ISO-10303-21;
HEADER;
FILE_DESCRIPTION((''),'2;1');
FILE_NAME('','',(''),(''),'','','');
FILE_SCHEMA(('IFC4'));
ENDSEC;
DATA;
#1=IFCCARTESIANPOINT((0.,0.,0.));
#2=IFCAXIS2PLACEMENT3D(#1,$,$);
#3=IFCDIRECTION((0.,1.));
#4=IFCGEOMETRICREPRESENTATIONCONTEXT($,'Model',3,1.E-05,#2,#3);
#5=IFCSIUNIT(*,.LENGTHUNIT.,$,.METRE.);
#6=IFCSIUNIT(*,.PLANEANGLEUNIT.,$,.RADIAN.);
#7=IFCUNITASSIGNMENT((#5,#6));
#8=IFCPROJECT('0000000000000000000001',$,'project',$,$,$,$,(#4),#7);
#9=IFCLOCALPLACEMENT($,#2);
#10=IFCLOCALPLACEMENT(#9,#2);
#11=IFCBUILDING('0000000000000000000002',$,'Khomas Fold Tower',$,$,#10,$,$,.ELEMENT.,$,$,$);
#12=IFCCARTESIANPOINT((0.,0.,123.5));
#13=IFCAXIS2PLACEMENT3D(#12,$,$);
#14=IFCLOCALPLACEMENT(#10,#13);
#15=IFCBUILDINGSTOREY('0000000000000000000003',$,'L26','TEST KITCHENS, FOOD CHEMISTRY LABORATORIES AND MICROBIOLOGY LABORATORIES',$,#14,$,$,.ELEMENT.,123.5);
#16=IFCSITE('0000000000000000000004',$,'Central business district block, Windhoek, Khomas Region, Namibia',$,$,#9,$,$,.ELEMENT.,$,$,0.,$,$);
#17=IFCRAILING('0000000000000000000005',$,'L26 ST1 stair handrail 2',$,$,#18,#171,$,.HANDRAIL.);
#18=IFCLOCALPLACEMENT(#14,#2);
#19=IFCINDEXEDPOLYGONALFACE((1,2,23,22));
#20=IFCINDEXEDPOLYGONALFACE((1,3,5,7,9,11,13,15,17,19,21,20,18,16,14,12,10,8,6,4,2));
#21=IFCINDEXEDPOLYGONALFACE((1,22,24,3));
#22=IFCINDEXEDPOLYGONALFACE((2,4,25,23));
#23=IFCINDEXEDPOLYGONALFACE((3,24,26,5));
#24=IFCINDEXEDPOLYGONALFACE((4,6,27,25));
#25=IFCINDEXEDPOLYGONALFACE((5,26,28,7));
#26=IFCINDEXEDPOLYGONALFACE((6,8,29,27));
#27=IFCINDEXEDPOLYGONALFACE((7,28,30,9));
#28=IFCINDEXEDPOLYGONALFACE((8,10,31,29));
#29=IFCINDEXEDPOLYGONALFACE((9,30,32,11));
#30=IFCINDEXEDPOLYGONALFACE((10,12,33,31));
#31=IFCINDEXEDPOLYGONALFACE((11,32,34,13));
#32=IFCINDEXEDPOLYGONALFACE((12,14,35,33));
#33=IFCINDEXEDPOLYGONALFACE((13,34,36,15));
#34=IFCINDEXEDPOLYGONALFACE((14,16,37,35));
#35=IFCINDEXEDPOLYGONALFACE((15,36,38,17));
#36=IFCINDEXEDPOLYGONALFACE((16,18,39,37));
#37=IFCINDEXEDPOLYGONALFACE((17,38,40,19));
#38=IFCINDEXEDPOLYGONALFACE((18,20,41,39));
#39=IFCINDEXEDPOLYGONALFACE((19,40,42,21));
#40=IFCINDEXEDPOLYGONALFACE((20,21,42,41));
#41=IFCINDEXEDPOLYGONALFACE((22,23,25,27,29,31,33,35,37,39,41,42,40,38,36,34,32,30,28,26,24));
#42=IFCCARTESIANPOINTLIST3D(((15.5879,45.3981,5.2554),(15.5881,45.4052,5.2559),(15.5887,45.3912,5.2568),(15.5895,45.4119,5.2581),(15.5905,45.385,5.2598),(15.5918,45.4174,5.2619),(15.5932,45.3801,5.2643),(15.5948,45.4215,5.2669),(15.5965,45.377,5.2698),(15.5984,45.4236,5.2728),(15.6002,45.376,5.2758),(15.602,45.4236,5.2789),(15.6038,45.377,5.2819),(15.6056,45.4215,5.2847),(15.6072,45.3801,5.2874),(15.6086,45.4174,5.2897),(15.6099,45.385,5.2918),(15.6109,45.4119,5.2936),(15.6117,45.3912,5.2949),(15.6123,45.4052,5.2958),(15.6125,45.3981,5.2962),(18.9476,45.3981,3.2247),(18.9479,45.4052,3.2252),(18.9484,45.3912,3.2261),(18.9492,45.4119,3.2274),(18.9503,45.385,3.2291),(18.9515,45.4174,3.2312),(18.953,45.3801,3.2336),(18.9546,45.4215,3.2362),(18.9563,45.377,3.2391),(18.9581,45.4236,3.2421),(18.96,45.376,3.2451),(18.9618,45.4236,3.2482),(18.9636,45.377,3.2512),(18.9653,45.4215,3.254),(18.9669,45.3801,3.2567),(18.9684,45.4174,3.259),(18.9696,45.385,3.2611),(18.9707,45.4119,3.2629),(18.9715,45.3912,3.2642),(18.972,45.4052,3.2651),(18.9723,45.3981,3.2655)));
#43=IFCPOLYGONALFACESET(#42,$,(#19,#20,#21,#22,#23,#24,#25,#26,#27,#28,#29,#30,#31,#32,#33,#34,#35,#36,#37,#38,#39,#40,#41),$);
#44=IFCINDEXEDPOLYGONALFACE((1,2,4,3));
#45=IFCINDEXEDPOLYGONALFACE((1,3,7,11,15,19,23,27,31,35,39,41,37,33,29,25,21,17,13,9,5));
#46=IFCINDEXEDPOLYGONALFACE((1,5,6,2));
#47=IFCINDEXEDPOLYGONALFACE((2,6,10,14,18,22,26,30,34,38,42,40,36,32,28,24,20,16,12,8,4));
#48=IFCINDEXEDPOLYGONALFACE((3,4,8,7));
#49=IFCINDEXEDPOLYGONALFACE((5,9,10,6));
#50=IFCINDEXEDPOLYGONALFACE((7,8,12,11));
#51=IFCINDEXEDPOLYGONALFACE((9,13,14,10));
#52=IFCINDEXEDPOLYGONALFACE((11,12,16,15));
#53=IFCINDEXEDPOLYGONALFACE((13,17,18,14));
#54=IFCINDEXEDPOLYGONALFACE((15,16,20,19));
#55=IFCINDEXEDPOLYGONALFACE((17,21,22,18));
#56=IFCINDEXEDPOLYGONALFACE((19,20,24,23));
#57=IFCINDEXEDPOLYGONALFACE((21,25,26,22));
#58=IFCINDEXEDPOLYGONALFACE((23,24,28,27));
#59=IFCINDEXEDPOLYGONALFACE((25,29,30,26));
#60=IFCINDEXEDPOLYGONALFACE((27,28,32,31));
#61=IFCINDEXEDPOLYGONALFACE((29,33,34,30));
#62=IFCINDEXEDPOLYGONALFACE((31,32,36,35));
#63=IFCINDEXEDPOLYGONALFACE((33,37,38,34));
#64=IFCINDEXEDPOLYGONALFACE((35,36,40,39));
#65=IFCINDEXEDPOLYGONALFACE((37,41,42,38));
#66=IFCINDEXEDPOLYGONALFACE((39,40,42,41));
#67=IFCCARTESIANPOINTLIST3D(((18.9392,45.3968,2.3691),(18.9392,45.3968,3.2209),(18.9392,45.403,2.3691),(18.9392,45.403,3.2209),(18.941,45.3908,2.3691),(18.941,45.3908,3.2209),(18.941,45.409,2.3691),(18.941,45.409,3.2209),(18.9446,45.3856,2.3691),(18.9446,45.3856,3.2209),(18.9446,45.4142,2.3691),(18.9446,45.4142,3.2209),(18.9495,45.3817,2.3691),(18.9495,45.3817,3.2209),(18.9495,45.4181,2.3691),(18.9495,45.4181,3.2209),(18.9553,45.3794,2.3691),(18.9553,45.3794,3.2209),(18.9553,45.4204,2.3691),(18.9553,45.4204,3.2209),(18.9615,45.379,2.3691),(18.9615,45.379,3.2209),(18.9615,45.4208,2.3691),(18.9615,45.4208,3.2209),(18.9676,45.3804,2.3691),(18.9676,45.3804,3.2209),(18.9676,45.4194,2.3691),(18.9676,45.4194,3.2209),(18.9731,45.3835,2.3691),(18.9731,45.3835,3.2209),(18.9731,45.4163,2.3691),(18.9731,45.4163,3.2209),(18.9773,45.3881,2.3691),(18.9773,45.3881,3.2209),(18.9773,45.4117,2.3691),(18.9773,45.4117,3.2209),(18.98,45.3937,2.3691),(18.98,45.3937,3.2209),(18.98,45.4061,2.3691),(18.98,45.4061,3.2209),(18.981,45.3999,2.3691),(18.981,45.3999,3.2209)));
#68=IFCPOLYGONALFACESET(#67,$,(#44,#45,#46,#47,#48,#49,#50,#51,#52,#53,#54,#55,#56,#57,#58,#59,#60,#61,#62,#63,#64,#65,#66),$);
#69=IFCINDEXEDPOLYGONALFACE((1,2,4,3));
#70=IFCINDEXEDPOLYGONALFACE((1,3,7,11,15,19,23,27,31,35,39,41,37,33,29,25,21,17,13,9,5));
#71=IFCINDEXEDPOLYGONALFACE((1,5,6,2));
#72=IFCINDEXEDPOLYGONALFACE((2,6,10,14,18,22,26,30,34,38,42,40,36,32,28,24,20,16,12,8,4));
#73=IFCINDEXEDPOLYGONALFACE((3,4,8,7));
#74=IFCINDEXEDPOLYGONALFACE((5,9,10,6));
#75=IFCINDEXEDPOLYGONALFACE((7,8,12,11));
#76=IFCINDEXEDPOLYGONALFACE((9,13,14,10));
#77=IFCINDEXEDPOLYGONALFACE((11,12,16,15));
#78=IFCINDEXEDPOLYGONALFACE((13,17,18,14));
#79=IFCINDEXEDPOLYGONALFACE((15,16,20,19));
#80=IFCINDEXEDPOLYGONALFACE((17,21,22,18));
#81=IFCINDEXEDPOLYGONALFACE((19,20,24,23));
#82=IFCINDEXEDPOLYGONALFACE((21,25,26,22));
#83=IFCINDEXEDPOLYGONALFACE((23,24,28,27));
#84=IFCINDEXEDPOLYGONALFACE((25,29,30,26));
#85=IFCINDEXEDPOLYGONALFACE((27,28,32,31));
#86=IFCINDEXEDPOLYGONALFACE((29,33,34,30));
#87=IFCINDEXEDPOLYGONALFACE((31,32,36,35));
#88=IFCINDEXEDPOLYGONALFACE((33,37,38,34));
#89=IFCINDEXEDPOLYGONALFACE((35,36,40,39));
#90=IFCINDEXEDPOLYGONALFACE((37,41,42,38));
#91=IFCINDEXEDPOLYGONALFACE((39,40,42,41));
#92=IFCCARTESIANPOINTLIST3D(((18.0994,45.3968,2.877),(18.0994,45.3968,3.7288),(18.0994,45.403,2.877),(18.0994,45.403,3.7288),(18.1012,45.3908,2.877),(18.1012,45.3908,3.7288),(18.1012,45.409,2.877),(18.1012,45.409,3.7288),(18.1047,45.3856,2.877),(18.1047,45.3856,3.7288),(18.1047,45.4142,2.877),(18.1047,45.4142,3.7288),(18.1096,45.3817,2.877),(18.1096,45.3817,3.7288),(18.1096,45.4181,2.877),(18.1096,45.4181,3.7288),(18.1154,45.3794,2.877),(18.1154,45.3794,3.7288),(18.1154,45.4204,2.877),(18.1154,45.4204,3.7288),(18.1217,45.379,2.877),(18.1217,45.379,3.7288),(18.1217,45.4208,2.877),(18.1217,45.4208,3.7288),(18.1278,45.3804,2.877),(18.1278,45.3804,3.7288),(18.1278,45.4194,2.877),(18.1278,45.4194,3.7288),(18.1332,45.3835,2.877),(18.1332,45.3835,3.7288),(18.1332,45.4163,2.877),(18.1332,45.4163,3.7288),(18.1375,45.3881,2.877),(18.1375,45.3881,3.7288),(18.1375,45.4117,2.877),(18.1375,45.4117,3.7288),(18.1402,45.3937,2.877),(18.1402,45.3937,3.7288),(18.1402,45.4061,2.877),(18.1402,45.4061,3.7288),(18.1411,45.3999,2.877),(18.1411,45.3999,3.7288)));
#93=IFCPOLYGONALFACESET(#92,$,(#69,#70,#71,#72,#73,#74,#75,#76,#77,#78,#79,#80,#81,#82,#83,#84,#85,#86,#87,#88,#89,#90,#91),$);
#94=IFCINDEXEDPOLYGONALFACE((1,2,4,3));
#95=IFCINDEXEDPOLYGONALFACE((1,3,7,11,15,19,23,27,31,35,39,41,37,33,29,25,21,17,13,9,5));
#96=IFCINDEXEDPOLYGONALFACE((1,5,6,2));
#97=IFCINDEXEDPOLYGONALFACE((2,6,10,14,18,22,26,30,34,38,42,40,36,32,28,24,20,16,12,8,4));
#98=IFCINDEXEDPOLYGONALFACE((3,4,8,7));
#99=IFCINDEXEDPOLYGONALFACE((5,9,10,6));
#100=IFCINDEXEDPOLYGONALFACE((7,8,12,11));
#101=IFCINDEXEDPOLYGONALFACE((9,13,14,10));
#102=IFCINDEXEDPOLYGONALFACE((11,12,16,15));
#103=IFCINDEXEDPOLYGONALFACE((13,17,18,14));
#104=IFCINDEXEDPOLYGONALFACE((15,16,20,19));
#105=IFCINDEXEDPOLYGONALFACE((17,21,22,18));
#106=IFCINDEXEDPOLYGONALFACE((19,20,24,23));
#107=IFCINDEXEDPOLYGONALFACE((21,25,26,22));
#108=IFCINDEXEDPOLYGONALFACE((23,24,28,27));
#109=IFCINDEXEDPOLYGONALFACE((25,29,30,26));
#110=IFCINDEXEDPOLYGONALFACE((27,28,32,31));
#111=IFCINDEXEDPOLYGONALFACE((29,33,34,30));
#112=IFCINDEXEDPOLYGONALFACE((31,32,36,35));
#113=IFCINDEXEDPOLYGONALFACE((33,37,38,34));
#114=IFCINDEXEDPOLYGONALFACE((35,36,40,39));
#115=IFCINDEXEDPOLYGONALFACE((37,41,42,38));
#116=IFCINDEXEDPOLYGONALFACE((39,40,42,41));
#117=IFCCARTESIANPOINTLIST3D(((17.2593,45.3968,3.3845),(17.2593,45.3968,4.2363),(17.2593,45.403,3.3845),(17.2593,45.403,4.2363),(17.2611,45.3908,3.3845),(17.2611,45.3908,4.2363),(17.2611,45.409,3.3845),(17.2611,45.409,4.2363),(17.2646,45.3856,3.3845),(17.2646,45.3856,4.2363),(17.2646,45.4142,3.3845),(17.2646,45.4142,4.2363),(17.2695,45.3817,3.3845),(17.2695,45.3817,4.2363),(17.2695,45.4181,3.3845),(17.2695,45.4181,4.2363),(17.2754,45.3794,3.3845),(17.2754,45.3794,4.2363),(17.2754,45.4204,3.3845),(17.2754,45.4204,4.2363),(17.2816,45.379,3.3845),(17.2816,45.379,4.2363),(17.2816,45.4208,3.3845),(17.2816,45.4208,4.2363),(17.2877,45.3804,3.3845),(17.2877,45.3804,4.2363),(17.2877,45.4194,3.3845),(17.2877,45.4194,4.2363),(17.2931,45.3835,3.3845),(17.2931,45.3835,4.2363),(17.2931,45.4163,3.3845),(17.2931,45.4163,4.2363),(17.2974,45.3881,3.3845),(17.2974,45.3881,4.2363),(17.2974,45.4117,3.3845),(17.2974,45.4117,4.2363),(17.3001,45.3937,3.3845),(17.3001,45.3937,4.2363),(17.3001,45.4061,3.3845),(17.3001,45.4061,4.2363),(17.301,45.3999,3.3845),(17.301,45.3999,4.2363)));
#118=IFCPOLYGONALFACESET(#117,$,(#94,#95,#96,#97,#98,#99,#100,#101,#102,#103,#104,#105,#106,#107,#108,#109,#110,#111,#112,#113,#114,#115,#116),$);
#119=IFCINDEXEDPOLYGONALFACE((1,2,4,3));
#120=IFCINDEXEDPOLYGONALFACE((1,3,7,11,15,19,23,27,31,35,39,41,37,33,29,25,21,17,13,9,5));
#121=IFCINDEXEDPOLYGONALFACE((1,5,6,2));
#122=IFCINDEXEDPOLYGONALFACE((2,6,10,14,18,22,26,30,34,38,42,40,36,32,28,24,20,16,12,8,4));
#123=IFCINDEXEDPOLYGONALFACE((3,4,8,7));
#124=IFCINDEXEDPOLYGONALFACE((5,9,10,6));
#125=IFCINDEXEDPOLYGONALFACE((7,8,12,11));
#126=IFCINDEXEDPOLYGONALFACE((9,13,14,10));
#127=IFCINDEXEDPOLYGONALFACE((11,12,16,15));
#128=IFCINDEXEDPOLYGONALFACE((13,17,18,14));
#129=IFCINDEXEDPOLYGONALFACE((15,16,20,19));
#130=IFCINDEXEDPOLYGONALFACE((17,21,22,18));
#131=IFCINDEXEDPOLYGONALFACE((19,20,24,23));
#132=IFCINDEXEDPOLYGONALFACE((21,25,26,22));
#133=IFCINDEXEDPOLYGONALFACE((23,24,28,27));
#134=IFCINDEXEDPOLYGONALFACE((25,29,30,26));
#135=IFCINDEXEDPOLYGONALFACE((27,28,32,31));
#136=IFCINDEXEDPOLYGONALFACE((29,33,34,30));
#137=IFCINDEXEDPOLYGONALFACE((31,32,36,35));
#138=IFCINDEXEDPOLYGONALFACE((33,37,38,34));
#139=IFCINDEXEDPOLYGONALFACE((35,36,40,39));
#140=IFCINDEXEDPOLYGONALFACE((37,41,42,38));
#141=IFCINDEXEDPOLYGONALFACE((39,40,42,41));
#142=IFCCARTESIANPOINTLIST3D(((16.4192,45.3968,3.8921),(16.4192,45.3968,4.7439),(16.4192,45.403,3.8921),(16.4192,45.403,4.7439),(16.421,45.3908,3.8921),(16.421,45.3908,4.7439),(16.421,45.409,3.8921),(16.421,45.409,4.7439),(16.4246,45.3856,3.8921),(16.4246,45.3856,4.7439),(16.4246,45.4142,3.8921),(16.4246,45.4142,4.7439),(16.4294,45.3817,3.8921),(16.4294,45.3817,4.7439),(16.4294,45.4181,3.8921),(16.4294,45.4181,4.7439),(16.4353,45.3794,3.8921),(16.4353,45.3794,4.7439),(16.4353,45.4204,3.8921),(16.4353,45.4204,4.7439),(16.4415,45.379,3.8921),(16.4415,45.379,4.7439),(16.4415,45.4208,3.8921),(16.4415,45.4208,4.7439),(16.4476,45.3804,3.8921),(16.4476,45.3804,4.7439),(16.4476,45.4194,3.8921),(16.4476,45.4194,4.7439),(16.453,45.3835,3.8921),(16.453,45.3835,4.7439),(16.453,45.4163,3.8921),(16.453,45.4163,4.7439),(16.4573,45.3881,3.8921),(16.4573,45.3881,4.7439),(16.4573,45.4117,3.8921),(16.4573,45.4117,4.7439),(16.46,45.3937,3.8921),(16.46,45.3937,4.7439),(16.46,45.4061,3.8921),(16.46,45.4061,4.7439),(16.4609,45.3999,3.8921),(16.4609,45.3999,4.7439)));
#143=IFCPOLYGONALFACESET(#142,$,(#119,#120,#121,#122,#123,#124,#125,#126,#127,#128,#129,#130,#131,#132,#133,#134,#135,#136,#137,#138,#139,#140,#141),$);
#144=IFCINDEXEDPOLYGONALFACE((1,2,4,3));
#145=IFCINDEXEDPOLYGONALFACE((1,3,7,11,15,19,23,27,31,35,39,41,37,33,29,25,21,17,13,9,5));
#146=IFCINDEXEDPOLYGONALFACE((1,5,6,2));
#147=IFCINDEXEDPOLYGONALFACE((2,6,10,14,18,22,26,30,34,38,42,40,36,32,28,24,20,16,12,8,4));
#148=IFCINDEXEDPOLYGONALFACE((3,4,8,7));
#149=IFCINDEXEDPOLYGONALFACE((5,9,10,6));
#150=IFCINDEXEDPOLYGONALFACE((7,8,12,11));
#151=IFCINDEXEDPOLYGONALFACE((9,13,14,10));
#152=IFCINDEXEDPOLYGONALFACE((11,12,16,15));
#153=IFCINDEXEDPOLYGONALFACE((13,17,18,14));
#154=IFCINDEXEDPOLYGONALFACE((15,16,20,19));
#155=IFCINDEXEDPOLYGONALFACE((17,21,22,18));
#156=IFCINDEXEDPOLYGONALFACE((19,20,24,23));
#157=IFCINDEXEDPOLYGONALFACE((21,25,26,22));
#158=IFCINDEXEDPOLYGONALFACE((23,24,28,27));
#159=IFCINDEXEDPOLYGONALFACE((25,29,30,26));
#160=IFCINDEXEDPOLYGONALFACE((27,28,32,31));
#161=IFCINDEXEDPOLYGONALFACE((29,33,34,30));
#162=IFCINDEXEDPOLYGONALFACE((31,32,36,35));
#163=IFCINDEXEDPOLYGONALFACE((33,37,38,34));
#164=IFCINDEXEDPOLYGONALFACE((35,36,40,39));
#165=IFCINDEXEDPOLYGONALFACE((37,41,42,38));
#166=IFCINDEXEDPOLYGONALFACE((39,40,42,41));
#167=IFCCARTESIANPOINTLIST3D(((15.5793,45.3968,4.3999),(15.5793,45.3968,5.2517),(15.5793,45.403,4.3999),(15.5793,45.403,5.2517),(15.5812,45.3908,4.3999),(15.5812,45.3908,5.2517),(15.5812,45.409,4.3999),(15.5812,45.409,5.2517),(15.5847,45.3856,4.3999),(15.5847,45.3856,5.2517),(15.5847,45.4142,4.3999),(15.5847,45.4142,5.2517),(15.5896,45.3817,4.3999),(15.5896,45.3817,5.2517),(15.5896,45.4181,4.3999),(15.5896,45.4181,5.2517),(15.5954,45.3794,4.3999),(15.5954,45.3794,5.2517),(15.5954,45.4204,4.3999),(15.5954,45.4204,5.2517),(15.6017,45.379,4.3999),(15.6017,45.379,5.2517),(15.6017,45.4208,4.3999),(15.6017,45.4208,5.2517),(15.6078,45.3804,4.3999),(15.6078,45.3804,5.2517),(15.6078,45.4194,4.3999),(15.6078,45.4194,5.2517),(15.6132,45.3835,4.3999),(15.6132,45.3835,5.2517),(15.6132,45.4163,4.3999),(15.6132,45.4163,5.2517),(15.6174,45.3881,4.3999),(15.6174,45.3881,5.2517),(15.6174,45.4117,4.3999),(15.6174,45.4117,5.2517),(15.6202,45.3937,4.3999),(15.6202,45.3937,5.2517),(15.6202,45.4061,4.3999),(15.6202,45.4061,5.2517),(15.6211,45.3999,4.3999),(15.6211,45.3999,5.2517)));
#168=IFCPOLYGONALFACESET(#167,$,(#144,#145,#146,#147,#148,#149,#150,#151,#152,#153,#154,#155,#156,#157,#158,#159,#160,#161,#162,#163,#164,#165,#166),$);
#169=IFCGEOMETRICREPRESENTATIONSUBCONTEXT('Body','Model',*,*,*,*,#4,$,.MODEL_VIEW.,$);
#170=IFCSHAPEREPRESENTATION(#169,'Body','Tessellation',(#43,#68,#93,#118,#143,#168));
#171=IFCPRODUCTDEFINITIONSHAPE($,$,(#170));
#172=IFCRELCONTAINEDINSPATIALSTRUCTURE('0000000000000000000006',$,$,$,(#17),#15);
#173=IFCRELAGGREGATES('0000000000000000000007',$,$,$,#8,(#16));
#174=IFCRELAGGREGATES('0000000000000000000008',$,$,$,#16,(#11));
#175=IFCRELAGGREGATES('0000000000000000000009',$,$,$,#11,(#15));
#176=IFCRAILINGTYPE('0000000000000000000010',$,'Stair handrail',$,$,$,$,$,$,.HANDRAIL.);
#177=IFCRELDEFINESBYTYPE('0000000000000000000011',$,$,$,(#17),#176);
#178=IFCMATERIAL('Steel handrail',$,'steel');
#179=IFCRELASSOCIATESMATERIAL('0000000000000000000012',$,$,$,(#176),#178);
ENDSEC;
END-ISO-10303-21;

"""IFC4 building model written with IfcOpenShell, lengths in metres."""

from ifc_helpers import new_model, si_unit, direction, frame, origin, origin_2d, place, context, subcontext, project, spatial, circle, extrude, source, transform, mapped, material, type_object, element, save


model = new_model("IFC4")

# Units and contexts
model_context = context("Model", 3, precision=1e-05, world=origin(), true_north=direction((0.0, 1.0)))
body_context = subcontext(model_context, "Body", "Model", "MODEL_VIEW")
ifc_project = project(units=[si_unit("LENGTHUNIT", "METRE"), si_unit("PLANEANGLEUNIT", "RADIAN")], contexts=[model_context])

# Site, building, storey
site_placement = place(None, origin())
site = spatial("IfcSite", under=ifc_project, at=site_placement, Name="Central business district block, Windhoek, Khomas Region, Namibia", CompositionType="ELEMENT", RefElevation=0.0)
building_placement = place(site_placement, origin())
building = spatial("IfcBuilding", under=site, at=building_placement, Name="Khomas Fold Tower", CompositionType="ELEMENT")
storey_placement = place(building_placement, frame((0.0, 0.0, 123.5)))
storey = spatial("IfcBuildingStorey", under=building, at=storey_placement, Name="L26", Description="TEST KITCHENS, FOOD CHEMISTRY LABORATORIES AND MICROBIOLOGY LABORATORIES", CompositionType="ELEMENT", Elevation=123.5)

# Railing
ifc_material_1 = material(Name="Steel handrail", Category="steel")
railing_type_1 = type_object("IfcRailingType", Name="Stair handrail", PredefinedType="HANDRAIL", material=ifc_material_1)
shared_shape_1 = source(origin(), body_context, "Body", "SweptSolid", [
    extrude(circle(Radius=0.0239, at=origin_2d()), frame((0.0, 0.0, 0.876), z_axis=(-0.85582, 0.0, 0.517273), x_axis=(0.0, -1.0, 0.0)), (0.0, 0.0, 1.0), 3.9258),
    extrude(circle(Radius=0.021, at=origin_2d()), origin(), (0.0, 0.0, 1.0), 0.8518),
    extrude(circle(Radius=0.021, at=origin_2d()), frame((-0.8398, 0.0, 0.5078)), (0.0, 0.0, 1.0), 0.8518),
    extrude(circle(Radius=0.021, at=origin_2d()), frame((-1.6799, 0.0, 1.0154)), (0.0, 0.0, 1.0), 0.8518),
    extrude(circle(Radius=0.021, at=origin_2d()), frame((-2.52, 0.0, 1.5229)), (0.0, 0.0, 1.0), 0.8518),
    extrude(circle(Radius=0.021, at=origin_2d()), frame((-3.3599, 0.0, 2.0308)), (0.0, 0.0, 1.0), 0.8518),
])
railing_1_placement = place(storey_placement, frame((18.96, 45.3999, 2.3691)))
element("IfcRailing", 1, at=railing_1_placement, inside=storey, type_object=railing_type_1, Name="L26 ST1 stair handrail 2", PredefinedType="HANDRAIL", context=body_context, shape_type="MappedRepresentation", body=[
    mapped(shared_shape_1, transform((0.0, 0.0, 0.0))),
])

save(model, "model.ifc")
